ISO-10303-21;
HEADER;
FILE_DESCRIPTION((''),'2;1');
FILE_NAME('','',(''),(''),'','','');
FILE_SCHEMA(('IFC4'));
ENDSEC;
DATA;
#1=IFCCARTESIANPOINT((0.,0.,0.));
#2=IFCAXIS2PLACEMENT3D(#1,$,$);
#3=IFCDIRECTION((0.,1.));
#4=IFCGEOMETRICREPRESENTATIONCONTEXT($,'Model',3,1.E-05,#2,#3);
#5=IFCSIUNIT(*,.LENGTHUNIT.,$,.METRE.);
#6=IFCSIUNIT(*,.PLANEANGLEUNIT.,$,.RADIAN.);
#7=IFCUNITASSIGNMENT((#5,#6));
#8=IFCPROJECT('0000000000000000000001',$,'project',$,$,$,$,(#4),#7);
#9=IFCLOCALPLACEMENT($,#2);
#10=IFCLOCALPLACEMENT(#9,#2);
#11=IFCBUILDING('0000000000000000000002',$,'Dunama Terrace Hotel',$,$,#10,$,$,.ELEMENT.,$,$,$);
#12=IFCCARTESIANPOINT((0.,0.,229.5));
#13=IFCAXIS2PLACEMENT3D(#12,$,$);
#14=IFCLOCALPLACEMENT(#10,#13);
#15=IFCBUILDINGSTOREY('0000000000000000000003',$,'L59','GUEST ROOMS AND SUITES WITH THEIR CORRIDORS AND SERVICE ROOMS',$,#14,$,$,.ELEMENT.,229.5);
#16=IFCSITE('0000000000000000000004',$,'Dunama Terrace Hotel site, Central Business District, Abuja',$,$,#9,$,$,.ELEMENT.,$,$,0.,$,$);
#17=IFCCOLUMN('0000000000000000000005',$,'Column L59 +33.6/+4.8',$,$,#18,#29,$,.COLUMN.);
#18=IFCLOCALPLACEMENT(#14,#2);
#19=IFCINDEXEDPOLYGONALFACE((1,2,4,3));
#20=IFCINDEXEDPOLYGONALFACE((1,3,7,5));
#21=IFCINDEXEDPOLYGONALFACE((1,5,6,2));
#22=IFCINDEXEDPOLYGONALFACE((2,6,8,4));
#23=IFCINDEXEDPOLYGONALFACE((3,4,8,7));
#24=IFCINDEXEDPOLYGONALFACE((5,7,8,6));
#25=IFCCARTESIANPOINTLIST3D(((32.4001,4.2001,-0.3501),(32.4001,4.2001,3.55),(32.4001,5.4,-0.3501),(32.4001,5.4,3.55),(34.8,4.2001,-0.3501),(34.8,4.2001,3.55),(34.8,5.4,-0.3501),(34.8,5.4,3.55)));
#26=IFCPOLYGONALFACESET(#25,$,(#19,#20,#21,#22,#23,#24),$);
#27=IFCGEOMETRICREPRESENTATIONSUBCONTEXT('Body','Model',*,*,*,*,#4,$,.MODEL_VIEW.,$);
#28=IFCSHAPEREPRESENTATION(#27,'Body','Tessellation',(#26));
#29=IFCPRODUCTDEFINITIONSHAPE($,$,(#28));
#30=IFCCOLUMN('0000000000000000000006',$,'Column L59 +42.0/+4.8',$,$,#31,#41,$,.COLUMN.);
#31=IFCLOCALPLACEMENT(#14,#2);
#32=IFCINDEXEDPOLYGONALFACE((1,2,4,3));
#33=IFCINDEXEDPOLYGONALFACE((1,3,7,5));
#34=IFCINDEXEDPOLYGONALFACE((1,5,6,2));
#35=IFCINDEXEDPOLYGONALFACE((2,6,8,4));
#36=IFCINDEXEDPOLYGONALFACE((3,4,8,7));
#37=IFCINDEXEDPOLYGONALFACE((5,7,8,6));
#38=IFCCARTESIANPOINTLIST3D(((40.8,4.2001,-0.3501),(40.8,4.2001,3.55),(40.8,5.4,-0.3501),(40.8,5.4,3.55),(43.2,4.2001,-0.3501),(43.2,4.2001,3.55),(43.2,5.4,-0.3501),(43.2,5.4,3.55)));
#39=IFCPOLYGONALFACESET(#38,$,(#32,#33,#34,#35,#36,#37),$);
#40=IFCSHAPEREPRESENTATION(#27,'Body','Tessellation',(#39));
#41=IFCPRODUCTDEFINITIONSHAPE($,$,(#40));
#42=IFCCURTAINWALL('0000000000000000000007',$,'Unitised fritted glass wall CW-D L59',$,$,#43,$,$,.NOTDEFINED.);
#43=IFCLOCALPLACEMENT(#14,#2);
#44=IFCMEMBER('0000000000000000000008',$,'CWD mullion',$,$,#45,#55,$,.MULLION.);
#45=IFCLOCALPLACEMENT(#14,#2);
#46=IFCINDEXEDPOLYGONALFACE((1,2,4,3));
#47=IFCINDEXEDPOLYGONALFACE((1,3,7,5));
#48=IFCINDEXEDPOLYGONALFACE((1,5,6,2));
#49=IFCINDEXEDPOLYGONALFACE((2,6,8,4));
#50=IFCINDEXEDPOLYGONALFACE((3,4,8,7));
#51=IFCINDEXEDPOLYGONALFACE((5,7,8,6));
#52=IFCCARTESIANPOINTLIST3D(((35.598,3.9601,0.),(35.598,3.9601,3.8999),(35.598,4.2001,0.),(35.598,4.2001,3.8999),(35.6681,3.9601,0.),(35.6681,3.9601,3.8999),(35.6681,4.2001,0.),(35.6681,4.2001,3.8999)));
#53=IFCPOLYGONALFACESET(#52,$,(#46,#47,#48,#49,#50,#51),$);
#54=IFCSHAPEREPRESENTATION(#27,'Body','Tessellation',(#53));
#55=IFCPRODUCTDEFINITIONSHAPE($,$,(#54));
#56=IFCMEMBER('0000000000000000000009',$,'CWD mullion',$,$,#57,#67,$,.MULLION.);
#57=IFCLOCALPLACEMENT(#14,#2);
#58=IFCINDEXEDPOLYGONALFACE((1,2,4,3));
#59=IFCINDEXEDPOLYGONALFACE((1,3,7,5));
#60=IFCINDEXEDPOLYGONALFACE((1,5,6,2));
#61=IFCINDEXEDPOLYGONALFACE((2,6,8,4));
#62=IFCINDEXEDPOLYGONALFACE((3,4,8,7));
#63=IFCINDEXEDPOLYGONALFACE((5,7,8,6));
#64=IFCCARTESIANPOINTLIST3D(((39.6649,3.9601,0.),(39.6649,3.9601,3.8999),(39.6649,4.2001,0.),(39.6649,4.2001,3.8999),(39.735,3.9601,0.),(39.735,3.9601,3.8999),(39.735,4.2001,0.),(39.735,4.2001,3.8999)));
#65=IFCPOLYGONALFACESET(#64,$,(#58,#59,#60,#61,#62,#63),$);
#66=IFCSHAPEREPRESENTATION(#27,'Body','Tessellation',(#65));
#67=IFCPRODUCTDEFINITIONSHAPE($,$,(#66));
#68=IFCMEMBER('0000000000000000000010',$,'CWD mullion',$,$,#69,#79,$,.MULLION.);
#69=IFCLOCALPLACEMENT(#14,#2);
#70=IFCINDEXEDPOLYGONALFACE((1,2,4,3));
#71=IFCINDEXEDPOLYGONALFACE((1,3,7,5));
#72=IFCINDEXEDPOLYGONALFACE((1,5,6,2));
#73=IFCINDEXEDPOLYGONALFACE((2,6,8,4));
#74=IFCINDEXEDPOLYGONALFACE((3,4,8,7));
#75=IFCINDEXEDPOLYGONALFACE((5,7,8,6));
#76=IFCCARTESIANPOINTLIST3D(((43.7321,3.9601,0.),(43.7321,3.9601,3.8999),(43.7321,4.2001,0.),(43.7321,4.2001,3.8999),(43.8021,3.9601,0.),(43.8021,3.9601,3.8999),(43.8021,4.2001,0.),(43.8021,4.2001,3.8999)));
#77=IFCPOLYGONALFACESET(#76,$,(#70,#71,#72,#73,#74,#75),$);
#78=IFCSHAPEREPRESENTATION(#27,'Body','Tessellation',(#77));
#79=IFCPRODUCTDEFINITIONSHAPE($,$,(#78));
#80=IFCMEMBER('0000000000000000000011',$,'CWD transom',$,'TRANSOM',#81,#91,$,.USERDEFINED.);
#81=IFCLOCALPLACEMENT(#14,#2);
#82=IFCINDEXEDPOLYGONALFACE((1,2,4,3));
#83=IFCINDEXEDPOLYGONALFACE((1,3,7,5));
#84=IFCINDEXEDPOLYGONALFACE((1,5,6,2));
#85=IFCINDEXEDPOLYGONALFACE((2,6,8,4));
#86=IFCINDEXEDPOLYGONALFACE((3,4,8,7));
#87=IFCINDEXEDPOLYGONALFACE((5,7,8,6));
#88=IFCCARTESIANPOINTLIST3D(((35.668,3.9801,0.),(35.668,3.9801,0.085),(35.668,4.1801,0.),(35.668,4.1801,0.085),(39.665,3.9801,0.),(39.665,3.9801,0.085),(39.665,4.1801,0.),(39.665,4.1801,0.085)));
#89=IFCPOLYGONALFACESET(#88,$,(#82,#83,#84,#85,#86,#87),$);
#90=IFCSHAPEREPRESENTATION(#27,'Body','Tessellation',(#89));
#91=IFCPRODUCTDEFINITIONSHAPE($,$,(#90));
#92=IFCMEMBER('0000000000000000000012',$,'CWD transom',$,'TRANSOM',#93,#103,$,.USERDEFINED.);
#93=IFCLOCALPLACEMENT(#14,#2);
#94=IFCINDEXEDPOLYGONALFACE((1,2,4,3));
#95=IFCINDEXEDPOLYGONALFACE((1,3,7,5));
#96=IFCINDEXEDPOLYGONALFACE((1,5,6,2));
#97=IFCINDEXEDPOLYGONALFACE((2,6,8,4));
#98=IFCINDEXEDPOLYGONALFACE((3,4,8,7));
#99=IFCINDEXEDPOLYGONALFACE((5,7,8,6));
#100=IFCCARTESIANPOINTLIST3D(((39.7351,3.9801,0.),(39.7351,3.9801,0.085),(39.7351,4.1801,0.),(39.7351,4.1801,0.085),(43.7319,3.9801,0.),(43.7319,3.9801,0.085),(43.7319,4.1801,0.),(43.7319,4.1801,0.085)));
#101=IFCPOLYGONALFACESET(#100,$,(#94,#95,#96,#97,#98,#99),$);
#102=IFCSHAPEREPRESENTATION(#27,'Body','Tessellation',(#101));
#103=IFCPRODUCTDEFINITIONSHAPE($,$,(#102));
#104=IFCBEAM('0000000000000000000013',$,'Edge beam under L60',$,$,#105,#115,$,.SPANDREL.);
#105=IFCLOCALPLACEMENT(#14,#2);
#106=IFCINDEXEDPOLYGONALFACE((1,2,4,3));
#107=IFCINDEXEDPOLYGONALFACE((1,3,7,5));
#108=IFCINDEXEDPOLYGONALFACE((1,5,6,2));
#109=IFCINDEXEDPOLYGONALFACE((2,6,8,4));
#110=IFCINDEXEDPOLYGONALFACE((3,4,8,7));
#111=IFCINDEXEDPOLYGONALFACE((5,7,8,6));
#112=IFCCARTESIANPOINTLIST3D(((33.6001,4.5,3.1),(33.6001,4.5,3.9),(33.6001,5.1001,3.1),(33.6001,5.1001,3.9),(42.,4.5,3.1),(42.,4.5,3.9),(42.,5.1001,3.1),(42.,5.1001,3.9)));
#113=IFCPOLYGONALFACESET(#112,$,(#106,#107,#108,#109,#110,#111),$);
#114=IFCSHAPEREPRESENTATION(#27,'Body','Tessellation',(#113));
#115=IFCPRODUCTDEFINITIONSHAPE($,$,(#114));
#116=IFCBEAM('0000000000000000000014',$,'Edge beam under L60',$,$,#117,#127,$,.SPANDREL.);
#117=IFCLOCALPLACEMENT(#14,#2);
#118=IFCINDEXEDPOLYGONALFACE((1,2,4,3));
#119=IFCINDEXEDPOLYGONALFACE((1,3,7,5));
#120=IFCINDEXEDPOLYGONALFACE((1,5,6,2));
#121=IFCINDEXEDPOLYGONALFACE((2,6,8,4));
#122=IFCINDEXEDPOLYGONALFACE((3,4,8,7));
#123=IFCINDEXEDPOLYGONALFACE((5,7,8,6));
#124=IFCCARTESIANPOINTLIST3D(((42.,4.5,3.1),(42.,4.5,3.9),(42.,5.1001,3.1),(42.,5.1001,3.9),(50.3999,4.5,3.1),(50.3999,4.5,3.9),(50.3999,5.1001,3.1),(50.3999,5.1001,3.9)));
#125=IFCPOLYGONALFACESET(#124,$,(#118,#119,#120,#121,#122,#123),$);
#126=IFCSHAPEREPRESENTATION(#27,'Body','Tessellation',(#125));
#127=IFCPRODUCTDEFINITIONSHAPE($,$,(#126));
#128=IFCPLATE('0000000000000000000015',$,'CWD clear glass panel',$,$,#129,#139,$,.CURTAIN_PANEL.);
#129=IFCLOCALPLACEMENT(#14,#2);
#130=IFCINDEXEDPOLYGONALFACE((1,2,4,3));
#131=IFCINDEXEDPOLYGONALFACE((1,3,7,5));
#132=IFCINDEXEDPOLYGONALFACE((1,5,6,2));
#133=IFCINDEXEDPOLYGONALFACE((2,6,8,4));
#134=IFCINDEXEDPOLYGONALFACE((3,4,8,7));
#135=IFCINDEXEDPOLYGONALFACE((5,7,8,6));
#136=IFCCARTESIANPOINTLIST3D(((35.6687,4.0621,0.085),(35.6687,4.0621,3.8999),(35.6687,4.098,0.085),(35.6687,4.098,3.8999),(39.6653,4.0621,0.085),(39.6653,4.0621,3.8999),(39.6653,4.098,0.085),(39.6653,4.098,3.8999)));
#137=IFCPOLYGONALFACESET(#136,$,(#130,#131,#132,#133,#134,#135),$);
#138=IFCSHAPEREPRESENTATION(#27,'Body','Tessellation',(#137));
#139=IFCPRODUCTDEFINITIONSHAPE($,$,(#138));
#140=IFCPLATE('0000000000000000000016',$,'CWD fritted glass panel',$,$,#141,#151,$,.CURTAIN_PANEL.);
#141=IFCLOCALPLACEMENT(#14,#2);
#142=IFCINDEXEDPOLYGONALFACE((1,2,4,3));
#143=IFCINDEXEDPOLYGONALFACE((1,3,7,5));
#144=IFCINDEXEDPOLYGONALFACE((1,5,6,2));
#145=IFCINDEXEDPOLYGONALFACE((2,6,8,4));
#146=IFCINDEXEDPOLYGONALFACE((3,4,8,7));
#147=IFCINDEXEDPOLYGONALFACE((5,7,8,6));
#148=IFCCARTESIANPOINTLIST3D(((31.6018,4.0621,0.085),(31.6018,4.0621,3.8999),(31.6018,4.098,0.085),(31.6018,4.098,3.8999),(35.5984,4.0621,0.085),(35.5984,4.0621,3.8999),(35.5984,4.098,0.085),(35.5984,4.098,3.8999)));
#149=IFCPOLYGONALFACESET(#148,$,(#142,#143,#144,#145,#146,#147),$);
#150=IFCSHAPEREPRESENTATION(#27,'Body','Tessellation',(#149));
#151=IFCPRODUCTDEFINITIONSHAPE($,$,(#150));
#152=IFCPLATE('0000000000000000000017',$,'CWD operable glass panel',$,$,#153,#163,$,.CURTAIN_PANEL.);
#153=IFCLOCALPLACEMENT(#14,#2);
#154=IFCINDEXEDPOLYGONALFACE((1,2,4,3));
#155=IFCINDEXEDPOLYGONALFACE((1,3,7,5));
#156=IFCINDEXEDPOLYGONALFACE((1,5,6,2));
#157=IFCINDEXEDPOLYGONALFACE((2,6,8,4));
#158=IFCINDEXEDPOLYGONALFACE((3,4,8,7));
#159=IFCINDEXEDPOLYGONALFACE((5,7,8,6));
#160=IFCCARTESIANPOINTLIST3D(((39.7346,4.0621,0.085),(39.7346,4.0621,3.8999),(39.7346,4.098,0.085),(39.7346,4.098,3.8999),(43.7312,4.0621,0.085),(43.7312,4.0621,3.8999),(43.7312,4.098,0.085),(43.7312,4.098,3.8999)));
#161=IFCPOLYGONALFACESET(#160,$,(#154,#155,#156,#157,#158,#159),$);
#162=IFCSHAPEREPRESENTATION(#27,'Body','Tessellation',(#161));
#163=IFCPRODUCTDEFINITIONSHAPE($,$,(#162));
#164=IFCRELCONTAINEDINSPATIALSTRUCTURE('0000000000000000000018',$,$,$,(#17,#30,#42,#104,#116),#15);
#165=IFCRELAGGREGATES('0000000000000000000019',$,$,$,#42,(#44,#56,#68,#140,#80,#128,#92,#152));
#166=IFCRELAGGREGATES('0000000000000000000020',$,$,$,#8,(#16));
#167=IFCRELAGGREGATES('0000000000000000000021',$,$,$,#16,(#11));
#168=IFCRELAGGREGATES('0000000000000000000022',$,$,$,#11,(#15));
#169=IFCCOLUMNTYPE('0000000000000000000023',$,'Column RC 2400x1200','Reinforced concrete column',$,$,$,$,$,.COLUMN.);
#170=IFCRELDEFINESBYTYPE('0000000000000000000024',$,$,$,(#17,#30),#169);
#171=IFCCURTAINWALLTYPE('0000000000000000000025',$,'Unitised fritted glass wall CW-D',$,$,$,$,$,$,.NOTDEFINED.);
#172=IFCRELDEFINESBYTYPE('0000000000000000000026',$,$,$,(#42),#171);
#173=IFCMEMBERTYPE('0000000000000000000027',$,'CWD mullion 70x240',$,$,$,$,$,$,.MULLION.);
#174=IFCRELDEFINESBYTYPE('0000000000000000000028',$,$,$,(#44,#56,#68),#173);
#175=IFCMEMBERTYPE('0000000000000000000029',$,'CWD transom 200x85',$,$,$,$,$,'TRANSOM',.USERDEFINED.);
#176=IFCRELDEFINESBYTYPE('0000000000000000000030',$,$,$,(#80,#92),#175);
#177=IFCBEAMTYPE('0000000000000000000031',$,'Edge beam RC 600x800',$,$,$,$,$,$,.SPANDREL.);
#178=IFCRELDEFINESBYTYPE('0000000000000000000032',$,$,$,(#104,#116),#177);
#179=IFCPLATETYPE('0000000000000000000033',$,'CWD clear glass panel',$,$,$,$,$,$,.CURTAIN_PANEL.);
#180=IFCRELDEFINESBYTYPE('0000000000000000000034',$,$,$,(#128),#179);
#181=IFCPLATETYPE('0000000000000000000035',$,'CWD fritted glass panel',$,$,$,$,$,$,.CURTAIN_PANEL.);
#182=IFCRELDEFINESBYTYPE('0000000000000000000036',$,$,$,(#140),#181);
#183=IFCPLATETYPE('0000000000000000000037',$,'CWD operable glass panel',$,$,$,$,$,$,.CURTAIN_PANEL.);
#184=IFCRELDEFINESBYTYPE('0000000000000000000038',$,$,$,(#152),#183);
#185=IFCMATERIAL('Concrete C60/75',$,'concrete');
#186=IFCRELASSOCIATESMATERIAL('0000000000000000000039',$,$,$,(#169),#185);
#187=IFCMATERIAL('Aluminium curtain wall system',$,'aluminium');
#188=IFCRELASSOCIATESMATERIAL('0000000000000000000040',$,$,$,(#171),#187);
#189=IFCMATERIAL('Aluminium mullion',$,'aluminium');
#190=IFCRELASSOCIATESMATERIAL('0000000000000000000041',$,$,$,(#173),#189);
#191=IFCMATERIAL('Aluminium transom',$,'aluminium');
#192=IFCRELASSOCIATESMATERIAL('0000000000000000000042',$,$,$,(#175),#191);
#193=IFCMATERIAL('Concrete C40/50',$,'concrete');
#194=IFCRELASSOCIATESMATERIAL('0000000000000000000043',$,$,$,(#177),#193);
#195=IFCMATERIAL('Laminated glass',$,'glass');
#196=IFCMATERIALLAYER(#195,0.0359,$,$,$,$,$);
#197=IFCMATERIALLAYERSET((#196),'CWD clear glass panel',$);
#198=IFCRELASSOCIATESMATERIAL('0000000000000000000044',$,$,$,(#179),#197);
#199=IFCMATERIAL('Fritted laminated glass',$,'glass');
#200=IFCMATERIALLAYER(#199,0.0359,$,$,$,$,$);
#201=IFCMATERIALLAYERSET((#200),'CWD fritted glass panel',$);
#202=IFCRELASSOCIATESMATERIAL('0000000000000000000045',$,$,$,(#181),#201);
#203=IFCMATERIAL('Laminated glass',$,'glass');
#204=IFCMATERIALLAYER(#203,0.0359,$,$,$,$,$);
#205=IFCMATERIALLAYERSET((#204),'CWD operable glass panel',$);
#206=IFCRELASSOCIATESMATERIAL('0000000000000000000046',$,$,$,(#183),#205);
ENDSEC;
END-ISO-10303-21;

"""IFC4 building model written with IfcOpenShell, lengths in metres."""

from ifc_helpers import new_model, si_unit, direction, frame, origin, origin_2d, place, context, subcontext, project, spatial, rectangle, extrude, material, layer, layer_set, material_profile, profile_set, type_object, element, aggregate, save


model = new_model("IFC4")

# Units and contexts
model_context = context("Model", 3, precision=1e-05, world=origin(), true_north=direction((0.0, 1.0)))
body_context = subcontext(model_context, "Body", "Model", "MODEL_VIEW")
ifc_project = project(units=[si_unit("LENGTHUNIT", "METRE"), si_unit("PLANEANGLEUNIT", "RADIAN")], contexts=[model_context])

# Site, building, storey
site_placement = place(None, origin())
site = spatial("IfcSite", under=ifc_project, at=site_placement, Name="Dunama Terrace Hotel site, Central Business District, Abuja", CompositionType="ELEMENT", RefElevation=0.0)
building_placement = place(site_placement, origin())
building = spatial("IfcBuilding", under=site, at=building_placement, Name="Dunama Terrace Hotel", CompositionType="ELEMENT")
storey_placement = place(building_placement, frame((0.0, 0.0, 229.5)))
storey = spatial("IfcBuildingStorey", under=building, at=storey_placement, Name="L59", Description="GUEST ROOMS AND SUITES WITH THEIR CORRIDORS AND SERVICE ROOMS", CompositionType="ELEMENT", Elevation=229.5)

# Columns
ifc_material_1 = material(Name="Concrete C60/75", Category="concrete")
ifc_material_profile_1 = material_profile(ifc_material_1, rectangle(XDim=2.3999, YDim=1.2, at=origin_2d()), Name="RC 2400x1200")
ifc_profile_set_1 = profile_set([ifc_material_profile_1], Name="Concrete C60/75")
column_type = type_object("IfcColumnType", Name="Column RC 2400x1200", Description="Reinforced concrete column", PredefinedType="COLUMN", material=ifc_profile_set_1)
for number, where, z_axis, x_axis, name in (
    (1, (33.6001, 4.8, -0.3501), (0.0, 0.0, 1.0), (1.0, 0.0, 0.0), "Column L59 +33.6/+4.8"),
    (2, (42.0, 4.8, -0.3501), (0.0, 0.0, 1.0), (1.0, 0.0, 0.0), "Column L59 +42.0/+4.8"),
):
    element("IfcColumn", number, at=place(storey_placement, frame(where, z_axis=z_axis, x_axis=x_axis)), inside=storey, type_object=column_type, Name=name, PredefinedType="COLUMN", context=body_context, shape_type="SweptSolid", body=[
        extrude(rectangle(XDim=2.3999, YDim=1.2, at=origin_2d()), origin(), (0.0, 0.0, 1.0), 3.9001),
    ])

# Curtain wall, members
ifc_material_2 = material(Name="Aluminium curtain wall system", Category="aluminium")
curtain_wall_type = type_object("IfcCurtainWallType", Name="Unitised fritted glass wall CW-D", PredefinedType="NOTDEFINED", material=ifc_material_2)
curtain_wall_placement = place(storey_placement, origin())
curtain_wall = element("IfcCurtainWall", 3, at=curtain_wall_placement, inside=storey, type_object=curtain_wall_type, Name="Unitised fritted glass wall CW-D L59", PredefinedType="NOTDEFINED")
ifc_material_3 = material(Name="Aluminium mullion", Category="aluminium")
ifc_material_profile_2 = material_profile(ifc_material_3, rectangle(XDim=0.0701, YDim=0.24, at=origin_2d()), Name="CWD MULLION 70X240")
ifc_profile_set_2 = profile_set([ifc_material_profile_2], Name="Aluminium mullion")
member_type_1 = type_object("IfcMemberType", Name="CWD mullion 70x240", PredefinedType="MULLION", material=ifc_profile_set_2)
member_1_placement = place(storey_placement, frame((35.6331, 4.0801, 0.0), z_axis=(0.0, 0.0, 1.0), x_axis=(1.0, 0.0, 0.0)))
member_1 = element("IfcMember", 4, at=member_1_placement, type_object=member_type_1, Name="CWD mullion", PredefinedType="MULLION", context=body_context, shape_type="SweptSolid", body=[
    extrude(rectangle(XDim=0.0701, YDim=0.24, at=origin_2d()), origin(), (0.0, 0.0, 1.0), 3.8999),
])
member_2_placement = place(storey_placement, frame((39.7, 4.0801, 0.0), z_axis=(0.0, 0.0, 1.0), x_axis=(1.0, 0.0, 0.0)))
member_2 = element("IfcMember", 5, at=member_2_placement, type_object=member_type_1, Name="CWD mullion", PredefinedType="MULLION", context=body_context, shape_type="SweptSolid", body=[
    extrude(rectangle(XDim=0.0701, YDim=0.24, at=origin_2d()), origin(), (0.0, 0.0, 1.0), 3.8999),
])
member_3_placement = place(storey_placement, frame((43.7671, 4.0801, 0.0), z_axis=(0.0, 0.0, 1.0), x_axis=(1.0, 0.0, 0.0)))
member_3 = element("IfcMember", 6, at=member_3_placement, type_object=member_type_1, Name="CWD mullion", PredefinedType="MULLION", context=body_context, shape_type="SweptSolid", body=[
    extrude(rectangle(XDim=0.0701, YDim=0.24, at=origin_2d()), origin(), (0.0, 0.0, 1.0), 3.8999),
])
ifc_material_4 = material(Name="Aluminium transom", Category="aluminium")
ifc_material_profile_3 = material_profile(ifc_material_4, rectangle(XDim=0.2, YDim=0.085, at=origin_2d()), Name="CWD TRANSOM 200X85")
ifc_profile_set_3 = profile_set([ifc_material_profile_3], Name="Aluminium transom")
member_type_2 = type_object("IfcMemberType", Name="CWD transom 200x85", ElementType="TRANSOM", PredefinedType="USERDEFINED", material=ifc_profile_set_3)
member_4_placement = place(storey_placement, frame((35.668, 4.0801, 0.0425), z_axis=(1.0, 0.0, 0.0), x_axis=(0.0, 1.0, 0.0)))
member_4 = element("IfcMember", 7, at=member_4_placement, type_object=member_type_2, Name="CWD transom", ObjectType="TRANSOM", PredefinedType="USERDEFINED", context=body_context, shape_type="SweptSolid", body=[
    extrude(rectangle(XDim=0.2, YDim=0.085, at=origin_2d()), origin(), (0.0, 0.0, 1.0), 3.9971),
])
member_5_placement = place(storey_placement, frame((39.7351, 4.0801, 0.0425), z_axis=(1.0, 0.0, 0.0), x_axis=(0.0, 1.0, 0.0)))
member_5 = element("IfcMember", 8, at=member_5_placement, type_object=member_type_2, Name="CWD transom", ObjectType="TRANSOM", PredefinedType="USERDEFINED", context=body_context, shape_type="SweptSolid", body=[
    extrude(rectangle(XDim=0.2, YDim=0.085, at=origin_2d()), origin(), (0.0, 0.0, 1.0), 3.9968),
])

# Beams
ifc_material_5 = material(Name="Concrete C40/50", Category="concrete")
ifc_material_profile_4 = material_profile(ifc_material_5, rectangle(XDim=0.6001, YDim=0.8, at=origin_2d()), Name="RC 600x800")
ifc_profile_set_4 = profile_set([ifc_material_profile_4], Name="Concrete C40/50")
beam_type = type_object("IfcBeamType", Name="Edge beam RC 600x800", PredefinedType="SPANDREL", material=ifc_profile_set_4)
for number, where, z_axis, x_axis, name in (
    (9, (33.6001, 4.8, 3.5), (1.0, 0.0, 0.0), (0.0, 1.0, 0.0), "Edge beam under L60"),
    (10, (42.0, 4.8, 3.5), (1.0, 0.0, 0.0), (0.0, 1.0, 0.0), "Edge beam under L60"),
):
    element("IfcBeam", number, at=place(storey_placement, frame(where, z_axis=z_axis, x_axis=x_axis)), inside=storey, type_object=beam_type, Name=name, PredefinedType="SPANDREL", context=body_context, shape_type="SweptSolid", body=[
        extrude(rectangle(XDim=0.6001, YDim=0.8, at=origin_2d()), origin(), (0.0, 0.0, 1.0), 8.3999),
    ])

# Plates
ifc_material_6 = material(Name="Laminated glass", Category="glass")
ifc_layer_1 = layer(ifc_material_6, 0.0359)
ifc_layer_set_1 = layer_set([ifc_layer_1], Name="CWD clear glass panel")
plate_type_1 = type_object("IfcPlateType", Name="CWD clear glass panel", PredefinedType="CURTAIN_PANEL", material=ifc_layer_set_1)
plate_1_placement = place(storey_placement, frame((37.667, 4.0801, 0.085), z_axis=(0.0, 0.0, 1.0), x_axis=(1.0, 0.0, 0.0)))
plate_1 = element("IfcPlate", 11, at=plate_1_placement, type_object=plate_type_1, Name="CWD clear glass panel", PredefinedType="CURTAIN_PANEL", context=body_context, shape_type="SweptSolid", body=[
    extrude(rectangle(XDim=3.9966, YDim=0.0359, at=origin_2d()), origin(), (0.0, 0.0, 1.0), 3.8149),
])
ifc_material_7 = material(Name="Fritted laminated glass", Category="glass")
ifc_layer_2 = layer(ifc_material_7, 0.0359)
ifc_layer_set_2 = layer_set([ifc_layer_2], Name="CWD fritted glass panel")
plate_type_2 = type_object("IfcPlateType", Name="CWD fritted glass panel", PredefinedType="CURTAIN_PANEL", material=ifc_layer_set_2)
plate_2_placement = place(storey_placement, frame((33.6001, 4.0801, 0.085), z_axis=(0.0, 0.0, 1.0), x_axis=(1.0, 0.0, 0.0)))
plate_2 = element("IfcPlate", 12, at=plate_2_placement, type_object=plate_type_2, Name="CWD fritted glass panel", PredefinedType="CURTAIN_PANEL", context=body_context, shape_type="SweptSolid", body=[
    extrude(rectangle(XDim=3.9966, YDim=0.0359, at=origin_2d()), origin(), (0.0, 0.0, 1.0), 3.8149),
])
ifc_material_8 = material(Name="Laminated glass", Category="glass")
ifc_layer_3 = layer(ifc_material_8, 0.0359)
ifc_layer_set_3 = layer_set([ifc_layer_3], Name="CWD operable glass panel")
plate_type_3 = type_object("IfcPlateType", Name="CWD operable glass panel", PredefinedType="CURTAIN_PANEL", material=ifc_layer_set_3)
plate_3_placement = place(storey_placement, frame((41.7329, 4.0801, 0.085), z_axis=(0.0, 0.0, 1.0), x_axis=(1.0, 0.0, 0.0)))
plate_3 = element("IfcPlate", 13, at=plate_3_placement, type_object=plate_type_3, Name="CWD operable glass panel", PredefinedType="CURTAIN_PANEL", context=body_context, shape_type="SweptSolid", body=[
    extrude(rectangle(XDim=3.9966, YDim=0.0359, at=origin_2d()), origin(), (0.0, 0.0, 1.0), 3.8149),
])
aggregate(curtain_wall, [member_1, member_2, member_3, plate_2, member_4, plate_1, member_5, plate_3])

save(model, "model.ifc")
